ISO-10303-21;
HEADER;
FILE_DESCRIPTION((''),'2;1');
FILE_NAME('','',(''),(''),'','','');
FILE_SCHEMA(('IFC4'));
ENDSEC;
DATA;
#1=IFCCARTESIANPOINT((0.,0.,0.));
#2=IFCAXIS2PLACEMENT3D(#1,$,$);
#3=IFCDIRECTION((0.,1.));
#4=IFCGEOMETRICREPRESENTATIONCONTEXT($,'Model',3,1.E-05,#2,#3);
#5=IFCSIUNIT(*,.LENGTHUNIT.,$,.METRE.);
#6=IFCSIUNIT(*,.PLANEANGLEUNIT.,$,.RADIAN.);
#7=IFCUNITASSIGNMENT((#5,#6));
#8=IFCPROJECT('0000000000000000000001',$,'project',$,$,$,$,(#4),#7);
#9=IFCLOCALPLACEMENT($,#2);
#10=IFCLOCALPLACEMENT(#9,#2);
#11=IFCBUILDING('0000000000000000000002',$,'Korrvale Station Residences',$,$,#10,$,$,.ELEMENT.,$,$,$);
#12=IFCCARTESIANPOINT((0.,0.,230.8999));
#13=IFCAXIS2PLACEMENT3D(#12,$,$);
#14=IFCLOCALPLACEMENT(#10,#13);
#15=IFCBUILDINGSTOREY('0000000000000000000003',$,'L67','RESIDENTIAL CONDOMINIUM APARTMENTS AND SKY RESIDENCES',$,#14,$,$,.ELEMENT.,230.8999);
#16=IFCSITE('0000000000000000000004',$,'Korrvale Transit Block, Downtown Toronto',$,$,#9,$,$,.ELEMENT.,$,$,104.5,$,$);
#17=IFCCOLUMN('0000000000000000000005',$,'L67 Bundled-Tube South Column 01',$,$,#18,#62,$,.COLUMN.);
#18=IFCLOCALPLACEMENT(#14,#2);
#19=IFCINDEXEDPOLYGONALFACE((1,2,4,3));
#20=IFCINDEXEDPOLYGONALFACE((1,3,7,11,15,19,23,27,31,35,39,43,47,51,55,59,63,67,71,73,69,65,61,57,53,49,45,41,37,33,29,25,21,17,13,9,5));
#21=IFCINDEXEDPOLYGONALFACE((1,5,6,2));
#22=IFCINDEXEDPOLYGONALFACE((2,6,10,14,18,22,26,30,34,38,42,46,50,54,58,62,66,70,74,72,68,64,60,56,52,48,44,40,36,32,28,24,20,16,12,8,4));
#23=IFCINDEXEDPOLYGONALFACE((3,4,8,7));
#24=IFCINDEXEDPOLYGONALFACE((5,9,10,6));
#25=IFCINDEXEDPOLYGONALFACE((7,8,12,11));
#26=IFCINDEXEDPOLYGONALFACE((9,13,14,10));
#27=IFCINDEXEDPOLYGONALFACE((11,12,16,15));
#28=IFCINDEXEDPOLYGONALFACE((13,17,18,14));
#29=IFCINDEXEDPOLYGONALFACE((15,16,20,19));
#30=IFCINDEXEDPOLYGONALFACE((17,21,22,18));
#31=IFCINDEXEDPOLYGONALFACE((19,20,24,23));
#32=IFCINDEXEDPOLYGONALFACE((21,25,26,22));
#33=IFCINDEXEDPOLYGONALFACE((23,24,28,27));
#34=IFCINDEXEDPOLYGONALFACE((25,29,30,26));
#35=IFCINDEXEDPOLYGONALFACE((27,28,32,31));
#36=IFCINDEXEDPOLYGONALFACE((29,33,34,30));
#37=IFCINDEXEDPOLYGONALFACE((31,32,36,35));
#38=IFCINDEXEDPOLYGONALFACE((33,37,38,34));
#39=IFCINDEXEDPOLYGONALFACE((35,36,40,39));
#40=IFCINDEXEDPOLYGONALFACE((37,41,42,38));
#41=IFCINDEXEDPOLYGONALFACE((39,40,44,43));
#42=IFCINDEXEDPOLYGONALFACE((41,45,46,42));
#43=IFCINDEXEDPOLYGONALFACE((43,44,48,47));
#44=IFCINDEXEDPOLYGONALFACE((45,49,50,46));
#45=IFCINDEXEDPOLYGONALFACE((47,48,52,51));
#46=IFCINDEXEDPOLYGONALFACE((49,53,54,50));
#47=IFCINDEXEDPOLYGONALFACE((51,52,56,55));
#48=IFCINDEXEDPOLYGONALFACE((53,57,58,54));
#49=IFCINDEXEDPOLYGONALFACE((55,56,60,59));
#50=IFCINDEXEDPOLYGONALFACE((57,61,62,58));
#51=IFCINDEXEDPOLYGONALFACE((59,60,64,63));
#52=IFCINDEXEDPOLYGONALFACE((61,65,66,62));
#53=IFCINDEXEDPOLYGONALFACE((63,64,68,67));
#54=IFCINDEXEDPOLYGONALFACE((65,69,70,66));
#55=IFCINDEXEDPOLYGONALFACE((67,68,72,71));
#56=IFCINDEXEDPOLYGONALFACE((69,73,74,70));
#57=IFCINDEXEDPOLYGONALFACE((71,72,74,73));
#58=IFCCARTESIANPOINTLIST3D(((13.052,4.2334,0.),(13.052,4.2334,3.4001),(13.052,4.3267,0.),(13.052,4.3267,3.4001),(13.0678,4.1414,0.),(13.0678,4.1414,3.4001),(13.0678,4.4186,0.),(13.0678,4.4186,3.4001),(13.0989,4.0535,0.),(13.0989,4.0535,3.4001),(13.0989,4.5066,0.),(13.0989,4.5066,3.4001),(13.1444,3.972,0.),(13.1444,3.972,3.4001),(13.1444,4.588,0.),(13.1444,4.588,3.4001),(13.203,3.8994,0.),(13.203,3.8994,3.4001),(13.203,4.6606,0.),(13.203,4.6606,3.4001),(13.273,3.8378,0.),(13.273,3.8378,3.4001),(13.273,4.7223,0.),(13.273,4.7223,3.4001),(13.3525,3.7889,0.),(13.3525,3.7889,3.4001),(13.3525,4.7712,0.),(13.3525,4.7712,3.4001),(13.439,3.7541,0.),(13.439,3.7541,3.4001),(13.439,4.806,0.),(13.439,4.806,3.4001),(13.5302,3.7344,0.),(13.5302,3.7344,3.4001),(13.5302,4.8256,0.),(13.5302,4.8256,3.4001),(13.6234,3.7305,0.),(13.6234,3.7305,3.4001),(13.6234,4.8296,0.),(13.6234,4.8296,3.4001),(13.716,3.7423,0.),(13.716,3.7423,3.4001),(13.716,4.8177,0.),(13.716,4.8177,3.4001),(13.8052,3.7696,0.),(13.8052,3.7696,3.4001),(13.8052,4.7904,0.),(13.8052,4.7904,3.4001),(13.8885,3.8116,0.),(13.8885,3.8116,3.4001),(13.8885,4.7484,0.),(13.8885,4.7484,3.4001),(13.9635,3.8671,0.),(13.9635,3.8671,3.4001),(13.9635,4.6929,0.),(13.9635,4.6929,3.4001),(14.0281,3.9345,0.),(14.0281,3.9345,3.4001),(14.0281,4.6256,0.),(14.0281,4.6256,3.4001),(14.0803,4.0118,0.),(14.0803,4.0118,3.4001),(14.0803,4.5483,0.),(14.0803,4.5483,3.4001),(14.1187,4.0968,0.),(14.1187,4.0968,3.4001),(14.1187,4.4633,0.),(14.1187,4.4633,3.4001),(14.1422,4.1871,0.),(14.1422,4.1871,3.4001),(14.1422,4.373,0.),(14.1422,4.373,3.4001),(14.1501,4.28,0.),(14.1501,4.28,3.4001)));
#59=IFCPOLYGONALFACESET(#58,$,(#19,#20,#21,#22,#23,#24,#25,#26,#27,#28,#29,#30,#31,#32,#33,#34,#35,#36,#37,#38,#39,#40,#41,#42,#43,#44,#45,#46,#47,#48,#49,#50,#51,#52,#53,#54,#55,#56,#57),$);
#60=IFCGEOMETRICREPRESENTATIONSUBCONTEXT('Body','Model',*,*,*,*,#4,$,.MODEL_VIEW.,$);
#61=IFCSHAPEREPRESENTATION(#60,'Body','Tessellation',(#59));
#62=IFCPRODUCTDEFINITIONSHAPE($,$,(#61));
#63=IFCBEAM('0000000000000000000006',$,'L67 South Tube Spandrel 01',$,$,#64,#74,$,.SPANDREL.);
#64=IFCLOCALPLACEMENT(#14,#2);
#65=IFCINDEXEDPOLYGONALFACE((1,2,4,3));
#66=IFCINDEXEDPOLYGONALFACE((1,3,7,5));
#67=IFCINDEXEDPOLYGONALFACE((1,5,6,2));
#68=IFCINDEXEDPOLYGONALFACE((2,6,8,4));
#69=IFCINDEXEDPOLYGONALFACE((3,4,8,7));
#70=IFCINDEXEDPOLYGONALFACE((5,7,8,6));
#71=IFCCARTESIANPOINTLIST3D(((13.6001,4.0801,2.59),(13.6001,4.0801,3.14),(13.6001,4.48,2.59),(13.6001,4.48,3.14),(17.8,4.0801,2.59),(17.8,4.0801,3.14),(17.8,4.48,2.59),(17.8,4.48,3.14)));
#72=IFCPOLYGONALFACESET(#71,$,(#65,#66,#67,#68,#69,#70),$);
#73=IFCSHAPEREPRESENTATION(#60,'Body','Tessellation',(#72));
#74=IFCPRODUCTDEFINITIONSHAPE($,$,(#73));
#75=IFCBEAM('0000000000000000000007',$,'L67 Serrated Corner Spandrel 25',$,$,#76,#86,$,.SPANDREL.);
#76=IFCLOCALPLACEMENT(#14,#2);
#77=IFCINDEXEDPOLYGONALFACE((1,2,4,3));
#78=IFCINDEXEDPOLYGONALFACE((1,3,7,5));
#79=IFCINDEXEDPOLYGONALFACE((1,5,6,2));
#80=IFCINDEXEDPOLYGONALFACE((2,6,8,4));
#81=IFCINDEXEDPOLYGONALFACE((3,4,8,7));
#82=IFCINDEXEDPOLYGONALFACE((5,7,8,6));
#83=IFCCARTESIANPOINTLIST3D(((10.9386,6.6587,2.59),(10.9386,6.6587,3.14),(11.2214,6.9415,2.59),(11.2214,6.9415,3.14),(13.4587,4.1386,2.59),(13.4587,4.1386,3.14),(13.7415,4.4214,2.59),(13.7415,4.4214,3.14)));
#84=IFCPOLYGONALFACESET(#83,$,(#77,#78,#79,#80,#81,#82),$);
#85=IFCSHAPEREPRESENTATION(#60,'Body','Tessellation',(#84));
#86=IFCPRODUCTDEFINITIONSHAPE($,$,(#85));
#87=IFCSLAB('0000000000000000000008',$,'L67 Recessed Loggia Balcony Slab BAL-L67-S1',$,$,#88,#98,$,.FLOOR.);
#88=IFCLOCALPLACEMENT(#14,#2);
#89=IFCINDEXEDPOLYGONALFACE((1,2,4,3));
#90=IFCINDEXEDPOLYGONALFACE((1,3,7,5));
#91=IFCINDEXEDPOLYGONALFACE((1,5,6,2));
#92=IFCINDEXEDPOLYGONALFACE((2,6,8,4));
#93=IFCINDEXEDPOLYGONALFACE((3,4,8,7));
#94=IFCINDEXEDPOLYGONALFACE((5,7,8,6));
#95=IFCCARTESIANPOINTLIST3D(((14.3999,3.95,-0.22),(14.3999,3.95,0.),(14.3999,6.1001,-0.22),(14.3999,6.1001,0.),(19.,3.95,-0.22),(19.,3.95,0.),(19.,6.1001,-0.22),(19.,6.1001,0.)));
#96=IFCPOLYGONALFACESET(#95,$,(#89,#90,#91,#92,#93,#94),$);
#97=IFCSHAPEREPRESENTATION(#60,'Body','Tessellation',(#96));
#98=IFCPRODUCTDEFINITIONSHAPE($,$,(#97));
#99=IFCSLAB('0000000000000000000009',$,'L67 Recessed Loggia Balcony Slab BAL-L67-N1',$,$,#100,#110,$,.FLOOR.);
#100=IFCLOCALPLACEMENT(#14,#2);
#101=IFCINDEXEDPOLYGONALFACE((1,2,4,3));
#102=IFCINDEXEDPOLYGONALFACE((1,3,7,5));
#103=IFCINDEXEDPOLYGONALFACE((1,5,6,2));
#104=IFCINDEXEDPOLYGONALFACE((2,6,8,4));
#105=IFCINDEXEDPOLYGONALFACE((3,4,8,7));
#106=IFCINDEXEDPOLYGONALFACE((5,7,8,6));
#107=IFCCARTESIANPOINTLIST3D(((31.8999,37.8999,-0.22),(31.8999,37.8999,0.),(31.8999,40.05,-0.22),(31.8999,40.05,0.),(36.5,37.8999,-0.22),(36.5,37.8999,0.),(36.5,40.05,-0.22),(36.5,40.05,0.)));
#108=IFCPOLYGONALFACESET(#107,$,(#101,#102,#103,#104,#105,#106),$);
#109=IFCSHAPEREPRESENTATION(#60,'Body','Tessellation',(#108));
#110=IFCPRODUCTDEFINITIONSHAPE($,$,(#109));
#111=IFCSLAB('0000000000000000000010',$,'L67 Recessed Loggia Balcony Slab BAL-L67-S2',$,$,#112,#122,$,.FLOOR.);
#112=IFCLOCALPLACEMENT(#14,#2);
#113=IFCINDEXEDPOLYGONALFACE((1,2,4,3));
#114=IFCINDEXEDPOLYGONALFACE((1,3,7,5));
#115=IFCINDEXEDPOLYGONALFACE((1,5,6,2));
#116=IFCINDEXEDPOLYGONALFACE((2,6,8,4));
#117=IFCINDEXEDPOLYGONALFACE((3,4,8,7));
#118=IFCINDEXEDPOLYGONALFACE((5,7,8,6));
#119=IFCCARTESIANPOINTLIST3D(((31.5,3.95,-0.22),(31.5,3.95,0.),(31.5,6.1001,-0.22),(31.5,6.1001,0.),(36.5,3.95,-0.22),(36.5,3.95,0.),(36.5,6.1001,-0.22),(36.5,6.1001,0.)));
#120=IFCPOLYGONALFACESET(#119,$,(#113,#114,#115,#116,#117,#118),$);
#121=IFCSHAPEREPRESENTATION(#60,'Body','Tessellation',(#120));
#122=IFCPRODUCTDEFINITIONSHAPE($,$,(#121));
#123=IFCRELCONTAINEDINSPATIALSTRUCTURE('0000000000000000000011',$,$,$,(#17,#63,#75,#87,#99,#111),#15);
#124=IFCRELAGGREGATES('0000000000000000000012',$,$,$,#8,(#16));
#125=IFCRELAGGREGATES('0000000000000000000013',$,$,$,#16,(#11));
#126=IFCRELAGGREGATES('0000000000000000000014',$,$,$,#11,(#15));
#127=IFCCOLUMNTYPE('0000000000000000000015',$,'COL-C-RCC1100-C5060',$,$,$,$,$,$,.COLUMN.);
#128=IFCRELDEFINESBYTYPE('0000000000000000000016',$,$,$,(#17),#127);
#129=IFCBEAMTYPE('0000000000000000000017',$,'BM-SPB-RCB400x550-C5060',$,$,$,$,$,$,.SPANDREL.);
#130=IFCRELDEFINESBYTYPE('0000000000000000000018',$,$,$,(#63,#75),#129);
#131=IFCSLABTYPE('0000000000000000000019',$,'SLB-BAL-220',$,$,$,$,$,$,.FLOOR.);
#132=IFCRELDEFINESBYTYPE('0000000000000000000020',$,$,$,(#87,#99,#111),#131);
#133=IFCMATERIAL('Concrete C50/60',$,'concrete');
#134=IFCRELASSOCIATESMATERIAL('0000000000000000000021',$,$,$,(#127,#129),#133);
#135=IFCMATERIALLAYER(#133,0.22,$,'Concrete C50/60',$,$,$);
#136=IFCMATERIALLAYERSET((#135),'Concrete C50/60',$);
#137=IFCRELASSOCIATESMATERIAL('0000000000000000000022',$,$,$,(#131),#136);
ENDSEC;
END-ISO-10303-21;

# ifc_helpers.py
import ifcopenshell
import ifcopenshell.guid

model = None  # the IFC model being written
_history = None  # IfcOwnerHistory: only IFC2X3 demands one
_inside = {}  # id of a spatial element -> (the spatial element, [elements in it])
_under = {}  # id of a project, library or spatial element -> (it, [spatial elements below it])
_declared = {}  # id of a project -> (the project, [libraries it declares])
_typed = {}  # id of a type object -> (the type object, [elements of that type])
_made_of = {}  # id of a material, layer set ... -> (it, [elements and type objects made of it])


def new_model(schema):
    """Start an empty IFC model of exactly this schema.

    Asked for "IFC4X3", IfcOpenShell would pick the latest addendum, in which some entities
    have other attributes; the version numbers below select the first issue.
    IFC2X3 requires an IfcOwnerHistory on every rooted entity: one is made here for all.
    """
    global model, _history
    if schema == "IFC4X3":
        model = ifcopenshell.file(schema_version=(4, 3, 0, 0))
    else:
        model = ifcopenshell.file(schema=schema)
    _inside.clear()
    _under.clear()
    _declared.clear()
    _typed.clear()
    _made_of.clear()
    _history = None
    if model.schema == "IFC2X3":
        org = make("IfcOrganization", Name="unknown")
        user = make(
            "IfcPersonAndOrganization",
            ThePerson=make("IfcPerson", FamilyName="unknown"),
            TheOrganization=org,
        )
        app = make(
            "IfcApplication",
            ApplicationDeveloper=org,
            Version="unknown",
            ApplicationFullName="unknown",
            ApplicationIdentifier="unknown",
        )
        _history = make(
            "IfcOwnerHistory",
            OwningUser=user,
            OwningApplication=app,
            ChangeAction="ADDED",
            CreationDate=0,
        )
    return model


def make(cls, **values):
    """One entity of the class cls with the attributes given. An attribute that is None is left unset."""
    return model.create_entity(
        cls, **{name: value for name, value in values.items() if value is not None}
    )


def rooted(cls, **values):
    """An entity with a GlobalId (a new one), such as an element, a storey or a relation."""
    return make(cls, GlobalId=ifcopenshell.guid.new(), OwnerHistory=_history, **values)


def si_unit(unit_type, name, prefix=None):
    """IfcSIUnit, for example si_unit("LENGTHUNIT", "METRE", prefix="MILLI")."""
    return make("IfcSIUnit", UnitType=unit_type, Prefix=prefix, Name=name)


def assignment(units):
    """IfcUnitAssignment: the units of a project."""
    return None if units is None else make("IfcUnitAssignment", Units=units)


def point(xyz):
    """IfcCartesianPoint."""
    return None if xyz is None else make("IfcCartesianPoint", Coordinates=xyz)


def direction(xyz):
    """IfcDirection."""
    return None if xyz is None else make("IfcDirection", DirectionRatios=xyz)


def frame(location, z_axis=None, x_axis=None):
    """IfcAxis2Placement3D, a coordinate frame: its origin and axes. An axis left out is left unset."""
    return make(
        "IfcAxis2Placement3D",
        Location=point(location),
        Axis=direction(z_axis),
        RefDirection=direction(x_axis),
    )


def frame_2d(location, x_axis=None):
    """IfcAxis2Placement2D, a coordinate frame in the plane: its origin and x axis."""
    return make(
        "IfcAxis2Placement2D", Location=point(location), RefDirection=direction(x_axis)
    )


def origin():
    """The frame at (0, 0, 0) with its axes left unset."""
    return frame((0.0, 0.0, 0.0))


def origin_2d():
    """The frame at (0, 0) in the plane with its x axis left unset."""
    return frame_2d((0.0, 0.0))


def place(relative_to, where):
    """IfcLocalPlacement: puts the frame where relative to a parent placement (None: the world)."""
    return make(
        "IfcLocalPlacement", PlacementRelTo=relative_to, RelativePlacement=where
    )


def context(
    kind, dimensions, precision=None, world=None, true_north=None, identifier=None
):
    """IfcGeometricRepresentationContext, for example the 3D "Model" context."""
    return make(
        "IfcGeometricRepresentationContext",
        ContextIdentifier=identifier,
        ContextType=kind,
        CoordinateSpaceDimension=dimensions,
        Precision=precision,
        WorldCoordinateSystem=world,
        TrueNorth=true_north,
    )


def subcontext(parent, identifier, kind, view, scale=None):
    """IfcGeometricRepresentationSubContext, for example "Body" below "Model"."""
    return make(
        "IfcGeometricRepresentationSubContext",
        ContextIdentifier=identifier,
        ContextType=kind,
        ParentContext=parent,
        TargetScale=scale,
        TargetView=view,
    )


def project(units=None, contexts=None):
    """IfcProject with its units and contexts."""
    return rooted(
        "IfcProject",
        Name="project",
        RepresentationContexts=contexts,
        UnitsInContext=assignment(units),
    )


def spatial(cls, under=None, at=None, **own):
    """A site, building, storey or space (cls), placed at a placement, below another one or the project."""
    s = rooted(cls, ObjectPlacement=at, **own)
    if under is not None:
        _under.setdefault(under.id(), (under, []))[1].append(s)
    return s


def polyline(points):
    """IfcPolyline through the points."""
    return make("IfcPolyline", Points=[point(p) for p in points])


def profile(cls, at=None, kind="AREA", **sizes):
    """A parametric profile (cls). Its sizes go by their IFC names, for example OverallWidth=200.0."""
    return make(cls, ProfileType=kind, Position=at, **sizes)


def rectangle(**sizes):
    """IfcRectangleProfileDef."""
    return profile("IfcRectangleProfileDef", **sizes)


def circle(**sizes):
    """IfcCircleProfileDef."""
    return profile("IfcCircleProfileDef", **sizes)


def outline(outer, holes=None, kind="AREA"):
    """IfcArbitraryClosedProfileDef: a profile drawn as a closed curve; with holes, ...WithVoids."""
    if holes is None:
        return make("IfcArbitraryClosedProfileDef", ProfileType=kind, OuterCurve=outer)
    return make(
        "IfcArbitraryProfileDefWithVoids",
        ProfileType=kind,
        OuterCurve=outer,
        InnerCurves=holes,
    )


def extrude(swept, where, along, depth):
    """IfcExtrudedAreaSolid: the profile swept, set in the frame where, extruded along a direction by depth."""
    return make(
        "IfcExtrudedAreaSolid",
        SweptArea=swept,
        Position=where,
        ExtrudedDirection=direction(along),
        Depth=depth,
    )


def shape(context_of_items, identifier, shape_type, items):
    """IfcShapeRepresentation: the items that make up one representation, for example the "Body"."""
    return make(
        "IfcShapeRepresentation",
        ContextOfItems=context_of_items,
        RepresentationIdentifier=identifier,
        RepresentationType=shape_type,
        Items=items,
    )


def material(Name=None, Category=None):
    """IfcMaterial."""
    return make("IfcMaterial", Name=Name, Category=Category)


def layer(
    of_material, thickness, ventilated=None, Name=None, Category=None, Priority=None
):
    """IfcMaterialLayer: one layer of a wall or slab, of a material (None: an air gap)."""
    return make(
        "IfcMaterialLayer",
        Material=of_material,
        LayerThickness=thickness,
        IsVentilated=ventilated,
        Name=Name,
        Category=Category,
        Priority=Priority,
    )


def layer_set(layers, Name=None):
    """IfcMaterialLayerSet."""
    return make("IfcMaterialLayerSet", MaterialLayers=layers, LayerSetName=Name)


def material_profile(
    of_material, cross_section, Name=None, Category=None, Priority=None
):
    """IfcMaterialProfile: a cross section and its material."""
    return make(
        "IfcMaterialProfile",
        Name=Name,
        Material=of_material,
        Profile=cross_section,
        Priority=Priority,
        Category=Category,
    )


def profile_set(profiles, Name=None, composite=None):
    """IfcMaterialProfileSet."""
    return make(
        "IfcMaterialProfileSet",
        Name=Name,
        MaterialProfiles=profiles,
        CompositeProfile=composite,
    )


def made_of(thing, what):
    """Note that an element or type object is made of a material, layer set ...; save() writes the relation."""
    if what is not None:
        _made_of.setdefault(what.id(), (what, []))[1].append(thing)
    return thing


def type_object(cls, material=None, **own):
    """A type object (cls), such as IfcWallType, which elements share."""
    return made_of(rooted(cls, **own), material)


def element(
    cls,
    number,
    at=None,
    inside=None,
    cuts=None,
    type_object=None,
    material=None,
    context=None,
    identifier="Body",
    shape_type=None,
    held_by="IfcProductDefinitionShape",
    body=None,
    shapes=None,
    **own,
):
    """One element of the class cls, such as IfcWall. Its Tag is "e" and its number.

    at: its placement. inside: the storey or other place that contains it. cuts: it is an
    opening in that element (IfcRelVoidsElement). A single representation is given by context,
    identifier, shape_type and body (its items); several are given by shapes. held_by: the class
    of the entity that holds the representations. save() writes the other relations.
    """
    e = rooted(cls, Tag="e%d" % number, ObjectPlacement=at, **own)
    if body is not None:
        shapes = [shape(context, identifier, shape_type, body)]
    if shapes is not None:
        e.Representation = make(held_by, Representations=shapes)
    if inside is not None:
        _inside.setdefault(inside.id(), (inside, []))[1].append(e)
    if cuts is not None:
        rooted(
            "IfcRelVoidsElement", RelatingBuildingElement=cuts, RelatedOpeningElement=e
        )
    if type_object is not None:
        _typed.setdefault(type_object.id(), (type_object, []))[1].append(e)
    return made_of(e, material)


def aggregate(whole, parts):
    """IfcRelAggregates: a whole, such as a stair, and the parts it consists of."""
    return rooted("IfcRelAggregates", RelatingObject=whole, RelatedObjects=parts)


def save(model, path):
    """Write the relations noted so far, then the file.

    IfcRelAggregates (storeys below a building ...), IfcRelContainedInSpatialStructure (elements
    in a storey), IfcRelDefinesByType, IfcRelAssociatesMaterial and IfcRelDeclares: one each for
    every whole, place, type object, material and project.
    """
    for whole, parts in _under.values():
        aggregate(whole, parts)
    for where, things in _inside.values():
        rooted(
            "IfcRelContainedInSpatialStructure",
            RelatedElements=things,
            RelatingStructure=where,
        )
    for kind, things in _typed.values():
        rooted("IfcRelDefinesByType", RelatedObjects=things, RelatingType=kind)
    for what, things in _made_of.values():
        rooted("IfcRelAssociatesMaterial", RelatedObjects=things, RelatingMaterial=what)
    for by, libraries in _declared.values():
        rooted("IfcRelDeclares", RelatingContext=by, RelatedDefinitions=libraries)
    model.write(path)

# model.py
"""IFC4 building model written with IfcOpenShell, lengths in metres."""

from ifc_helpers import new_model, si_unit, direction, frame, origin, origin_2d, place, context, subcontext, project, spatial, polyline, rectangle, circle, outline, extrude, material, layer, layer_set, material_profile, profile_set, type_object, element, save


model = new_model("IFC4")

# Units and contexts
model_context = context("Model", 3, precision=1e-05, world=origin(), true_north=direction((0.0, 1.0)))
body_context = subcontext(model_context, "Body", "Model", "MODEL_VIEW")
ifc_project = project(units=[si_unit("LENGTHUNIT", "METRE"), si_unit("PLANEANGLEUNIT", "RADIAN")], contexts=[model_context])

# Site, building, storey
site_placement = place(None, origin())
site = spatial("IfcSite", under=ifc_project, at=site_placement, Name="Korrvale Transit Block, Downtown Toronto", CompositionType="ELEMENT", RefElevation=104.5)
building_placement = place(site_placement, origin())
building = spatial("IfcBuilding", under=site, at=building_placement, Name="Korrvale Station Residences", CompositionType="ELEMENT")
storey_placement = place(building_placement, frame((0.0, 0.0, 230.8999)))
storey = spatial("IfcBuildingStorey", under=building, at=storey_placement, Name="L67", Description="RESIDENTIAL CONDOMINIUM APARTMENTS AND SKY RESIDENCES", CompositionType="ELEMENT", Elevation=230.8999)

# Column
ifc_material_1 = material(Name="Concrete C50/60", Category="concrete")
ifc_material_profile_1 = material_profile(ifc_material_1, circle(Radius=0.55, at=origin_2d()), Name="RCC1100")
ifc_profile_set_1 = profile_set([ifc_material_profile_1], Name="Concrete C50/60")
column_type = type_object("IfcColumnType", Name="COL-C-RCC1100-C5060", PredefinedType="COLUMN", material=ifc_profile_set_1)
column_placement = place(storey_placement, frame((13.6001, 4.28, 0.0), z_axis=(0.0, 0.0, 1.0), x_axis=(1.0, 0.0, 0.0)))
element("IfcColumn", 1, at=column_placement, inside=storey, type_object=column_type, Name="L67 Bundled-Tube South Column 01", PredefinedType="COLUMN", context=body_context, shape_type="SweptSolid", body=[
    extrude(circle(Radius=0.55, at=origin_2d()), origin(), (0.0, 0.0, 1.0), 3.4001),
])

# Beams
ifc_material_profile_2 = material_profile(ifc_material_1, rectangle(XDim=0.3999, YDim=0.55, at=origin_2d()), Name="RCB400x550")
ifc_profile_set_2 = profile_set([ifc_material_profile_2], Name="Concrete C50/60")
beam_type = type_object("IfcBeamType", Name="BM-SPB-RCB400x550-C5060", PredefinedType="SPANDREL", material=ifc_profile_set_2)
beam_1_placement = place(storey_placement, frame((13.6001, 4.28, 2.865), z_axis=(1.0, 0.0, 0.0), x_axis=(0.0, 1.0, 0.0)))
element("IfcBeam", 2, at=beam_1_placement, inside=storey, type_object=beam_type, Name="L67 South Tube Spandrel 01", PredefinedType="SPANDREL", context=body_context, shape_type="SweptSolid", body=[
    extrude(rectangle(XDim=0.3999, YDim=0.55, at=origin_2d()), origin(), (0.0, 0.0, 1.0), 4.2),
])
beam_2_placement = place(storey_placement, frame((13.6001, 4.28, 2.865), z_axis=(-0.707107, 0.707107, 0.0), x_axis=(-0.707107, -0.707107, 0.0)))
element("IfcBeam", 3, at=beam_2_placement, inside=storey, type_object=beam_type, Name="L67 Serrated Corner Spandrel 25", PredefinedType="SPANDREL", context=body_context, shape_type="SweptSolid", body=[
    extrude(rectangle(XDim=0.3999, YDim=0.55, at=origin_2d()), origin(), (0.0, 0.0, 1.0), 3.564),
])

# Slabs
ifc_layer_1 = layer(ifc_material_1, 0.22, Name="Concrete C50/60")
ifc_layer_set_1 = layer_set([ifc_layer_1], Name="Concrete C50/60")
slab_type_1 = type_object("IfcSlabType", Name="SLB-BAL-220", PredefinedType="FLOOR", material=ifc_layer_set_1)
slab_1_placement = place(storey_placement, frame((0.0, 0.0, -0.22)))
element("IfcSlab", 4, at=slab_1_placement, inside=storey, type_object=slab_type_1, Name="L67 Recessed Loggia Balcony Slab BAL-L67-S1", PredefinedType="FLOOR", context=body_context, shape_type="SweptSolid", body=[
    extrude(outline(polyline([(14.3999, 3.95), (19.0, 3.95), (19.0, 6.1001), (14.3999, 6.1001), (14.3999, 3.95)])), origin(), (0.0, 0.0, 1.0), 0.22),
])
slab_2_placement = place(storey_placement, frame((0.0, 0.0, -0.22)))
element("IfcSlab", 5, at=slab_2_placement, inside=storey, type_object=slab_type_1, Name="L67 Recessed Loggia Balcony Slab BAL-L67-N1", PredefinedType="FLOOR", context=body_context, shape_type="SweptSolid", body=[
    extrude(outline(polyline([(31.8999, 37.8999), (36.5, 37.8999), (36.5, 40.05), (31.8999, 40.05), (31.8999, 37.8999)])), origin(), (0.0, 0.0, 1.0), 0.22),
])
slab_3_placement = place(storey_placement, frame((0.0, 0.0, -0.22)))
element("IfcSlab", 6, at=slab_3_placement, inside=storey, type_object=slab_type_1, Name="L67 Recessed Loggia Balcony Slab BAL-L67-S2", PredefinedType="FLOOR", context=body_context, shape_type="SweptSolid", body=[
    extrude(outline(polyline([(31.5, 3.95), (36.5, 3.95), (36.5, 6.1001), (31.5, 6.1001), (31.5, 3.95)])), origin(), (0.0, 0.0, 1.0), 0.22),
])

save(model, "model.ifc")
